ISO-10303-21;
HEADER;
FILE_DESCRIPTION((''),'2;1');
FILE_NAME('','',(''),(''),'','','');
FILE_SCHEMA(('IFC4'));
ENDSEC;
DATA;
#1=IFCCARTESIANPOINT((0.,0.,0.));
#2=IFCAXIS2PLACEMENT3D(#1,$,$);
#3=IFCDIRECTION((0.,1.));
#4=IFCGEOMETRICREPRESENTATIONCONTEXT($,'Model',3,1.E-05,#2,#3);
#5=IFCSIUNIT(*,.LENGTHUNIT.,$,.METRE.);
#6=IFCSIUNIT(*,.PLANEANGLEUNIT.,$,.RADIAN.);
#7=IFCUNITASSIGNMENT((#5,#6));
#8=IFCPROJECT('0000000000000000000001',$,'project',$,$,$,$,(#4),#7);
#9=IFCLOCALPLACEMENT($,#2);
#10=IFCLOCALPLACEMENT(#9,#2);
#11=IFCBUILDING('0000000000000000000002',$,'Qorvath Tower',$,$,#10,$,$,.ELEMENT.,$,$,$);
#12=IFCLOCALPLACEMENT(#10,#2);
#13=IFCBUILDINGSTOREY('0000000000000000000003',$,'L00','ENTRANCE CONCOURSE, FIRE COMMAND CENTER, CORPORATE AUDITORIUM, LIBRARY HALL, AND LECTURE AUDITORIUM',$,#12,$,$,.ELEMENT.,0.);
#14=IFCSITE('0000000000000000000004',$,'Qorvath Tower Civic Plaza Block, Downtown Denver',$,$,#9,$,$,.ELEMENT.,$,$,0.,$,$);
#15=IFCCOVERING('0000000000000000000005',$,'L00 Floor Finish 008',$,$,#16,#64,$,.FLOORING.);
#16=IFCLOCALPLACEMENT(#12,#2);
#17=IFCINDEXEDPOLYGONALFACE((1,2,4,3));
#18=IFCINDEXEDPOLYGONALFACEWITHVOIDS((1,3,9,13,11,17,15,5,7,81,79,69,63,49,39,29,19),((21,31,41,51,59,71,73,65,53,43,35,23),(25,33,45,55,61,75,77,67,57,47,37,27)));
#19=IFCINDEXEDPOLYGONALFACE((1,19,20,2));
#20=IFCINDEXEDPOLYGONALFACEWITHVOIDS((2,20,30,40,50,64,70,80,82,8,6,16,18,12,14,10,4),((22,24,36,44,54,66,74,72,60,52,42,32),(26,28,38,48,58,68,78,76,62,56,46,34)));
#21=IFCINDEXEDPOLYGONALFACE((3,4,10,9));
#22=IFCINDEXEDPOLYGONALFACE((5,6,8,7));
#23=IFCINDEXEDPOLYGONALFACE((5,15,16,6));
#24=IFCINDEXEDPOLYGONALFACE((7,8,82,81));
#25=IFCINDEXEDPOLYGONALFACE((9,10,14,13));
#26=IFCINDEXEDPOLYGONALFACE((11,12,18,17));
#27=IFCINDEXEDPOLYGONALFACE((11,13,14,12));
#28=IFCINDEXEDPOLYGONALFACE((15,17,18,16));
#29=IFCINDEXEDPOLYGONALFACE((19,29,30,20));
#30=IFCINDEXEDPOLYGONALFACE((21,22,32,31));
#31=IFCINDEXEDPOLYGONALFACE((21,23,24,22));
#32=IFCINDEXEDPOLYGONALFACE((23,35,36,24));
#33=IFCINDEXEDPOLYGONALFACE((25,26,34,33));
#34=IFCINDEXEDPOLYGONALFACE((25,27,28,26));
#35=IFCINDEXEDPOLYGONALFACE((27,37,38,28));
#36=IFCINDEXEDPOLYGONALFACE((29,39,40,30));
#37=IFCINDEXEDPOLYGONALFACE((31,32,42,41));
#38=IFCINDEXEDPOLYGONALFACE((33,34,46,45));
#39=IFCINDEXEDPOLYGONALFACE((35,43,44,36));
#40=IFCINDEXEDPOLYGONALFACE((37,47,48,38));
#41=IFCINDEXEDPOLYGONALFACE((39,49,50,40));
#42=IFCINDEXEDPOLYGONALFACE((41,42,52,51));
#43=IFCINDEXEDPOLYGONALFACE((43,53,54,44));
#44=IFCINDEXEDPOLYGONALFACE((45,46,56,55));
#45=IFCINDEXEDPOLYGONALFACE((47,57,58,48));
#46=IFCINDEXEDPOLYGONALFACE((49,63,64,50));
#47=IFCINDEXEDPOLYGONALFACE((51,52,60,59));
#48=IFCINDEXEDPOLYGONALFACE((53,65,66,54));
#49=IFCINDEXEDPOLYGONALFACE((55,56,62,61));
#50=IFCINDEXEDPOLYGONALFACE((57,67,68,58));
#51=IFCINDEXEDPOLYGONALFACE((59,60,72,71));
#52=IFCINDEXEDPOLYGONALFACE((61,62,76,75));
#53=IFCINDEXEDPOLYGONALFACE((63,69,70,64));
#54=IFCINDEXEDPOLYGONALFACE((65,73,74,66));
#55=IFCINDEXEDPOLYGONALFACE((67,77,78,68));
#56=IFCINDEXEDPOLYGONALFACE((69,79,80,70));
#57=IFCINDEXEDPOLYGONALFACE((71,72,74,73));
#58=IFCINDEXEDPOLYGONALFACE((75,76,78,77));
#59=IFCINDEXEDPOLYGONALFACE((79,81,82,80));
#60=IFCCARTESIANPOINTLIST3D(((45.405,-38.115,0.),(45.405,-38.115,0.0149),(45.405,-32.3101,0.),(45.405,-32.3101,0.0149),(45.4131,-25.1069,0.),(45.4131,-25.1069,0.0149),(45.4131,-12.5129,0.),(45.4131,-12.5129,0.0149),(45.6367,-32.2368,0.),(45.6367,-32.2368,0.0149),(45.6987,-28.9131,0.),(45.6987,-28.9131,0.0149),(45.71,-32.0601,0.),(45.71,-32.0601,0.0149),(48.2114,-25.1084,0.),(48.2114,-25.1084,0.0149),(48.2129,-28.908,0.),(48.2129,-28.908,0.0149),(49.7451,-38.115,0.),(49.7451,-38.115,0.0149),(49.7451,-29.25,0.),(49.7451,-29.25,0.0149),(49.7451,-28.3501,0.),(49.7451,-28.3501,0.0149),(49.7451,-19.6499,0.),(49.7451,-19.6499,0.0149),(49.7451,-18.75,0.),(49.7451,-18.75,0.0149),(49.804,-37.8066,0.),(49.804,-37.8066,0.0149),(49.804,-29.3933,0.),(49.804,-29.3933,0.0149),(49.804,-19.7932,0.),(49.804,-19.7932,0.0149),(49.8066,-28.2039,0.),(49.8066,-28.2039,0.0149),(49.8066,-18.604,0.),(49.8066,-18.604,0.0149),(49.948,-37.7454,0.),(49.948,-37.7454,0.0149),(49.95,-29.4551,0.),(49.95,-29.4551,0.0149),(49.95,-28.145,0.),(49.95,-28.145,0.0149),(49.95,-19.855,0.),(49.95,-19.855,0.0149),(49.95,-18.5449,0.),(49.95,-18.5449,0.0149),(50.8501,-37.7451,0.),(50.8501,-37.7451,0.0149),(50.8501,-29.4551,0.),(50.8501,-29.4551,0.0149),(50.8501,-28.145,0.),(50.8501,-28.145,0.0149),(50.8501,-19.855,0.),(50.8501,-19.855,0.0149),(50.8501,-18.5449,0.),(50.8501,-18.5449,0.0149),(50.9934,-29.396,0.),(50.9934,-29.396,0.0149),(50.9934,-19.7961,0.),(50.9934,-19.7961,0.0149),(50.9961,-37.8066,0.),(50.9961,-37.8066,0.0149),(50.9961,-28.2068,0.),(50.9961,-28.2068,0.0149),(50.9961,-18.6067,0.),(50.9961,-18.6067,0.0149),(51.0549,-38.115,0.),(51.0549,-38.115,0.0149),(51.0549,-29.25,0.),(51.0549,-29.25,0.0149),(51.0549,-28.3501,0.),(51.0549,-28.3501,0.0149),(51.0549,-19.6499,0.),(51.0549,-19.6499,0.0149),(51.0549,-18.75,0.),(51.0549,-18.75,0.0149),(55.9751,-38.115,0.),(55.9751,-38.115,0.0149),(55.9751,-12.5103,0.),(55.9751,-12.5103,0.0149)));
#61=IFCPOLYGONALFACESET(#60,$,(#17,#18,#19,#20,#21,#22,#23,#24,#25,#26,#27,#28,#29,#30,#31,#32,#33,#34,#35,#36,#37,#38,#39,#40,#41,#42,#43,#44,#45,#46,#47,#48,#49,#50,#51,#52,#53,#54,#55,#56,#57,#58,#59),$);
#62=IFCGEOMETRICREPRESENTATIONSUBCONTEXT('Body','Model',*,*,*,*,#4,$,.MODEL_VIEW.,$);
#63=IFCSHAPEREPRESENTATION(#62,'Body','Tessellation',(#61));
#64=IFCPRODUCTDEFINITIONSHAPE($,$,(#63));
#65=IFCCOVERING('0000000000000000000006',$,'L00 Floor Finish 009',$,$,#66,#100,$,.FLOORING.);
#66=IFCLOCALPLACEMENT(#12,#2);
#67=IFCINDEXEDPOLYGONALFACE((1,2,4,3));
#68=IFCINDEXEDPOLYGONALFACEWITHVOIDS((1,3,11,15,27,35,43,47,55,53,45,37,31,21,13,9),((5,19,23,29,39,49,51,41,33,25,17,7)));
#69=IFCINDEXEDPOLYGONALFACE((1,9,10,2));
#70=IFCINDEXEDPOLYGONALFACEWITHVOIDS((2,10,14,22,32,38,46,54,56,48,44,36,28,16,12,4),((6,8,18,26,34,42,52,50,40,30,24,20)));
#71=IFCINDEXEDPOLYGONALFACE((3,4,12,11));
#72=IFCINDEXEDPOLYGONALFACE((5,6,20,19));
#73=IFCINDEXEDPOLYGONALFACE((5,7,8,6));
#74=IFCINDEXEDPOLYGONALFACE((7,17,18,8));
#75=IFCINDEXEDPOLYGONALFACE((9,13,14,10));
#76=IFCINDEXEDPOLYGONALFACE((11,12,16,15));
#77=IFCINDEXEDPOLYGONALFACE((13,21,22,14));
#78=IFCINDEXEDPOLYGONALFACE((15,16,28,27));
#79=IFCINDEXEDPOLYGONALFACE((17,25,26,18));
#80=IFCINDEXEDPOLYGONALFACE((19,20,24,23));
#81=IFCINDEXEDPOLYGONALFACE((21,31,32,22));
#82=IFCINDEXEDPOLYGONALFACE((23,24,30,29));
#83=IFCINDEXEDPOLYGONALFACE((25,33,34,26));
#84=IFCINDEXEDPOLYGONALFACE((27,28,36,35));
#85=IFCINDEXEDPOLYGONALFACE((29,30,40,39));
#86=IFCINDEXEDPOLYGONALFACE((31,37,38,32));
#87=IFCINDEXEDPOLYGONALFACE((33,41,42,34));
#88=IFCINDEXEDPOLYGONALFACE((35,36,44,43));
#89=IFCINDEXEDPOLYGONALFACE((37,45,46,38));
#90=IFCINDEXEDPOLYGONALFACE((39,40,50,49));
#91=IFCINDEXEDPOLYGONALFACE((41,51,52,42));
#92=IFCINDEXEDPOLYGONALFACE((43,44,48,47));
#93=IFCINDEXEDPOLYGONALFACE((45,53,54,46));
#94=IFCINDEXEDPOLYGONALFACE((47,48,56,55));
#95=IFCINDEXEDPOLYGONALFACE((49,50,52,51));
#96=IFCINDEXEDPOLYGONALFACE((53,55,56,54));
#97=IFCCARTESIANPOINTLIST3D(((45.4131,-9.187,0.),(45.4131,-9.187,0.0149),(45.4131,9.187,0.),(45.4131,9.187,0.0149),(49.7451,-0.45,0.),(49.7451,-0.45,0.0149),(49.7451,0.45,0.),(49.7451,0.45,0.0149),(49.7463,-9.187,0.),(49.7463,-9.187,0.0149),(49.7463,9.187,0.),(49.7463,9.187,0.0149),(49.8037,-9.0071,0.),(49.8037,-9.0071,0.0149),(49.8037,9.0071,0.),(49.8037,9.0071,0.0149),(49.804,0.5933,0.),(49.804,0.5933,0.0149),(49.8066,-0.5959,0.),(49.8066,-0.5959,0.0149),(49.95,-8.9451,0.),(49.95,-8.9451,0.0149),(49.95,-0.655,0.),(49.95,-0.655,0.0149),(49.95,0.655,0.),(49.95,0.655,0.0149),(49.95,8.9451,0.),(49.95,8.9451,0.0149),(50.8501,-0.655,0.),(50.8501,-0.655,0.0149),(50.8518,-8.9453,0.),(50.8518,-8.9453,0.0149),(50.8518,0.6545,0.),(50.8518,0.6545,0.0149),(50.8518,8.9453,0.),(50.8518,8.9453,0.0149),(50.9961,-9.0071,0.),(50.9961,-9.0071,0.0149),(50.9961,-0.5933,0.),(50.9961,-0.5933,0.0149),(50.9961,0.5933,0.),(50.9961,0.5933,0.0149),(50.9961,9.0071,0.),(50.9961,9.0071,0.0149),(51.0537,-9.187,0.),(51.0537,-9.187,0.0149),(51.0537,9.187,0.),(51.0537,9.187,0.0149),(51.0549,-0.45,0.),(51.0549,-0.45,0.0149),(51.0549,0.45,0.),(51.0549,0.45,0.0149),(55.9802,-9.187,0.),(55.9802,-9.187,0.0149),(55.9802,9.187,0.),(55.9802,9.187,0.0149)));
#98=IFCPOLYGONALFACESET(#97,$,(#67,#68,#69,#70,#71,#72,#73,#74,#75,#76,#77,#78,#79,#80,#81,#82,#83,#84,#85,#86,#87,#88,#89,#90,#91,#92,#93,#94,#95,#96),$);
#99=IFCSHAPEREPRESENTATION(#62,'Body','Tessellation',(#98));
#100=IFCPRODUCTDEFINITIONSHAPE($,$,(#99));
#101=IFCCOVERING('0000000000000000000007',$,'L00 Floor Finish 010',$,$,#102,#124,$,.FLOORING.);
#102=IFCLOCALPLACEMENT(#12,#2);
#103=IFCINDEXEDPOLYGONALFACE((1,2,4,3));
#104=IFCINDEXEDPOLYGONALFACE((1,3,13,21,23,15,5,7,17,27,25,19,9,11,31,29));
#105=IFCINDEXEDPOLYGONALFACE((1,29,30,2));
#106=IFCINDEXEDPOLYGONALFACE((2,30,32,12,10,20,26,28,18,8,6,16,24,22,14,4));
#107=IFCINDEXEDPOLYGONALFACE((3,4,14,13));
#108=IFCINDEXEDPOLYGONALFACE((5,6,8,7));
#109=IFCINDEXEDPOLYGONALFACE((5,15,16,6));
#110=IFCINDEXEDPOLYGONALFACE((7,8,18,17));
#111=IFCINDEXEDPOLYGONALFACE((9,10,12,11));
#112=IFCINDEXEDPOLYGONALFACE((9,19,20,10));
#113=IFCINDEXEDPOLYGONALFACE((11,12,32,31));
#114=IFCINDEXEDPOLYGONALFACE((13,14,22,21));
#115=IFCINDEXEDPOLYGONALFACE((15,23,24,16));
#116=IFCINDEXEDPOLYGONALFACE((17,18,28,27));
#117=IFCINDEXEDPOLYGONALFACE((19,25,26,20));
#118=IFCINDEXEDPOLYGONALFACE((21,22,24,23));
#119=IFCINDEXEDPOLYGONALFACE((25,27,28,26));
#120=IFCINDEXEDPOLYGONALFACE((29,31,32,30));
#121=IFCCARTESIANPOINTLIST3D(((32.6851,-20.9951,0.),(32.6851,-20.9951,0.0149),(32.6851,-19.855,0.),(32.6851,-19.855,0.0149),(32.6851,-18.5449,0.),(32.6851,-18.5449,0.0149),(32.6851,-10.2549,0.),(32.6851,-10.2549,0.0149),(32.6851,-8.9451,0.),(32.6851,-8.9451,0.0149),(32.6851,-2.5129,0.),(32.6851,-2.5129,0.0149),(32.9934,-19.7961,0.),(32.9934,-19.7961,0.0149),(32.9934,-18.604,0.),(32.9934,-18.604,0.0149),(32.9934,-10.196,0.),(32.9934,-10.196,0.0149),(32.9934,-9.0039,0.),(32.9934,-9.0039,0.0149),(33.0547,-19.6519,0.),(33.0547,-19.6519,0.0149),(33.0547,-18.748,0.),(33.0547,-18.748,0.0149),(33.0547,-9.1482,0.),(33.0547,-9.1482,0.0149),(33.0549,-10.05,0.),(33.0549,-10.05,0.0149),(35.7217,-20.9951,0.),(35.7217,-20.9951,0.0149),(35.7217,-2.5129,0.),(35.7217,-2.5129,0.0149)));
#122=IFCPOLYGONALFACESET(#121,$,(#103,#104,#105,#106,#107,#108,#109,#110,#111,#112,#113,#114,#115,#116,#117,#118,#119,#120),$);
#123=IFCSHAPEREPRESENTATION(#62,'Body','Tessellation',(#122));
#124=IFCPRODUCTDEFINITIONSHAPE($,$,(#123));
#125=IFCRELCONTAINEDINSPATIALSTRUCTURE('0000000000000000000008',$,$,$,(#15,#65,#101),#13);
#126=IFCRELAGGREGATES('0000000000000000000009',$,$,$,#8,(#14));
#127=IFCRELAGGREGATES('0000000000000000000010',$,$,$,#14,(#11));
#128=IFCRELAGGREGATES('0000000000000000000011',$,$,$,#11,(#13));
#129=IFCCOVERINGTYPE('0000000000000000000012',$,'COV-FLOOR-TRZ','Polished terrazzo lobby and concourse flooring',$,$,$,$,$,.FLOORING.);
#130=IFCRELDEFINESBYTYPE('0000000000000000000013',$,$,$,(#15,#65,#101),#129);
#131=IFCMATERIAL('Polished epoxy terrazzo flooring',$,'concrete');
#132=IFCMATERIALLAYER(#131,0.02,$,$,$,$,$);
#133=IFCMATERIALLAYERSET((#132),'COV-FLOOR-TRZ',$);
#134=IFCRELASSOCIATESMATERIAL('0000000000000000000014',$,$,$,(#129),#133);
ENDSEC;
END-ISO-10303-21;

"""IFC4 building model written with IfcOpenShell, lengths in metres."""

from ifc_helpers import new_model, si_unit, direction, origin, place, context, subcontext, project, spatial, polyline, outline, extrude, material, layer, layer_set, type_object, element, save


model = new_model("IFC4")

# Units and contexts
model_context = context("Model", 3, precision=1e-05, world=origin(), true_north=direction((0.0, 1.0)))
body_context = subcontext(model_context, "Body", "Model", "MODEL_VIEW")
ifc_project = project(units=[si_unit("LENGTHUNIT", "METRE"), si_unit("PLANEANGLEUNIT", "RADIAN")], contexts=[model_context])

# Site, building, storey
site_placement = place(None, origin())
site = spatial("IfcSite", under=ifc_project, at=site_placement, Name="Qorvath Tower Civic Plaza Block, Downtown Denver", CompositionType="ELEMENT", RefElevation=0.0)
building_placement = place(site_placement, origin())
building = spatial("IfcBuilding", under=site, at=building_placement, Name="Qorvath Tower", CompositionType="ELEMENT")
storey_placement = place(building_placement, origin())
storey = spatial("IfcBuildingStorey", under=building, at=storey_placement, Name="L00", Description="ENTRANCE CONCOURSE, FIRE COMMAND CENTER, CORPORATE AUDITORIUM, LIBRARY HALL, AND LECTURE AUDITORIUM", CompositionType="ELEMENT", Elevation=0.0)

# Coverings
ifc_material_1 = material(Name="Polished epoxy terrazzo flooring", Category="concrete")
ifc_layer_1 = layer(ifc_material_1, 0.02)
ifc_layer_set_1 = layer_set([ifc_layer_1], Name="COV-FLOOR-TRZ")
covering_type_1 = type_object("IfcCoveringType", Name="COV-FLOOR-TRZ", Description="Polished terrazzo lobby and concourse flooring", PredefinedType="FLOORING", material=ifc_layer_set_1)
covering_1_placement = place(storey_placement, origin())
element("IfcCovering", 1, at=covering_1_placement, inside=storey, type_object=covering_type_1, Name="L00 Floor Finish 008", PredefinedType="FLOORING", context=body_context, shape_type="SweptSolid", body=[
    extrude(outline(polyline([(55.9751, -38.115), (55.9751, -12.5103), (45.4131, -12.5129), (45.4131, -25.1069), (48.2114, -25.1084), (48.2129, -28.908), (45.6987, -28.9131), (45.71, -32.0601), (45.6367, -32.2368), (45.405, -32.3101), (45.405, -38.115), (49.7451, -38.115), (49.804, -37.8066), (49.948, -37.7454), (50.8501, -37.7451), (50.9961, -37.8066), (51.0549, -38.115), (55.9751, -38.115)]), holes=[polyline([(50.9961, -28.2068), (51.0549, -28.3501), (51.0549, -29.25), (50.9934, -29.396), (50.8501, -29.4551), (49.95, -29.4551), (49.804, -29.3933), (49.7451, -29.25), (49.7451, -28.3501), (49.8066, -28.2039), (49.95, -28.145), (50.8501, -28.145), (50.9961, -28.2068)]), polyline([(50.9961, -18.6067), (51.0549, -18.75), (51.0549, -19.6499), (50.9934, -19.7961), (50.8501, -19.855), (49.95, -19.855), (49.804, -19.7932), (49.7451, -19.6499), (49.7451, -18.75), (49.8066, -18.604), (49.95, -18.5449), (50.8501, -18.5449), (50.9961, -18.6067)])]), origin(), (0.0, 0.0, 1.0), 0.0149),
])
covering_2_placement = place(storey_placement, origin())
element("IfcCovering", 2, at=covering_2_placement, inside=storey, type_object=covering_type_1, Name="L00 Floor Finish 009", PredefinedType="FLOORING", context=body_context, shape_type="SweptSolid", body=[
    extrude(outline(polyline([(55.9802, -9.187), (55.9802, 9.187), (51.0537, 9.187), (50.9961, 9.0071), (50.8518, 8.9453), (49.95, 8.9451), (49.8037, 9.0071), (49.7463, 9.187), (45.4131, 9.187), (45.4131, -9.187), (49.7463, -9.187), (49.8037, -9.0071), (49.95, -8.9451), (50.8518, -8.9453), (50.9961, -9.0071), (51.0537, -9.187), (55.9802, -9.187)]), holes=[polyline([(50.8518, 0.6545), (50.9961, 0.5933), (51.0549, 0.45), (51.0549, -0.45), (50.9961, -0.5933), (50.8501, -0.655), (49.95, -0.655), (49.8066, -0.5959), (49.7451, -0.45), (49.7451, 0.45), (49.804, 0.5933), (49.95, 0.655), (50.8518, 0.6545)])]), origin(), (0.0, 0.0, 1.0), 0.0149),
])
covering_3_placement = place(storey_placement, origin())
element("IfcCovering", 3, at=covering_3_placement, inside=storey, type_object=covering_type_1, Name="L00 Floor Finish 010", PredefinedType="FLOORING", context=body_context, shape_type="SweptSolid", body=[
    extrude(outline(polyline([(33.0547, -19.6519), (32.9934, -19.7961), (32.6851, -19.855), (32.6851, -20.9951), (35.7217, -20.9951), (35.7217, -2.5129), (32.6851, -2.5129), (32.6851, -8.9451), (32.9934, -9.0039), (33.0547, -9.1482), (33.0549, -10.05), (32.9934, -10.196), (32.6851, -10.2549), (32.6851, -18.5449), (32.9934, -18.604), (33.0547, -18.748), (33.0547, -19.6519)])), origin(), (0.0, 0.0, 1.0), 0.0149),
])

save(model, "model.ifc")
